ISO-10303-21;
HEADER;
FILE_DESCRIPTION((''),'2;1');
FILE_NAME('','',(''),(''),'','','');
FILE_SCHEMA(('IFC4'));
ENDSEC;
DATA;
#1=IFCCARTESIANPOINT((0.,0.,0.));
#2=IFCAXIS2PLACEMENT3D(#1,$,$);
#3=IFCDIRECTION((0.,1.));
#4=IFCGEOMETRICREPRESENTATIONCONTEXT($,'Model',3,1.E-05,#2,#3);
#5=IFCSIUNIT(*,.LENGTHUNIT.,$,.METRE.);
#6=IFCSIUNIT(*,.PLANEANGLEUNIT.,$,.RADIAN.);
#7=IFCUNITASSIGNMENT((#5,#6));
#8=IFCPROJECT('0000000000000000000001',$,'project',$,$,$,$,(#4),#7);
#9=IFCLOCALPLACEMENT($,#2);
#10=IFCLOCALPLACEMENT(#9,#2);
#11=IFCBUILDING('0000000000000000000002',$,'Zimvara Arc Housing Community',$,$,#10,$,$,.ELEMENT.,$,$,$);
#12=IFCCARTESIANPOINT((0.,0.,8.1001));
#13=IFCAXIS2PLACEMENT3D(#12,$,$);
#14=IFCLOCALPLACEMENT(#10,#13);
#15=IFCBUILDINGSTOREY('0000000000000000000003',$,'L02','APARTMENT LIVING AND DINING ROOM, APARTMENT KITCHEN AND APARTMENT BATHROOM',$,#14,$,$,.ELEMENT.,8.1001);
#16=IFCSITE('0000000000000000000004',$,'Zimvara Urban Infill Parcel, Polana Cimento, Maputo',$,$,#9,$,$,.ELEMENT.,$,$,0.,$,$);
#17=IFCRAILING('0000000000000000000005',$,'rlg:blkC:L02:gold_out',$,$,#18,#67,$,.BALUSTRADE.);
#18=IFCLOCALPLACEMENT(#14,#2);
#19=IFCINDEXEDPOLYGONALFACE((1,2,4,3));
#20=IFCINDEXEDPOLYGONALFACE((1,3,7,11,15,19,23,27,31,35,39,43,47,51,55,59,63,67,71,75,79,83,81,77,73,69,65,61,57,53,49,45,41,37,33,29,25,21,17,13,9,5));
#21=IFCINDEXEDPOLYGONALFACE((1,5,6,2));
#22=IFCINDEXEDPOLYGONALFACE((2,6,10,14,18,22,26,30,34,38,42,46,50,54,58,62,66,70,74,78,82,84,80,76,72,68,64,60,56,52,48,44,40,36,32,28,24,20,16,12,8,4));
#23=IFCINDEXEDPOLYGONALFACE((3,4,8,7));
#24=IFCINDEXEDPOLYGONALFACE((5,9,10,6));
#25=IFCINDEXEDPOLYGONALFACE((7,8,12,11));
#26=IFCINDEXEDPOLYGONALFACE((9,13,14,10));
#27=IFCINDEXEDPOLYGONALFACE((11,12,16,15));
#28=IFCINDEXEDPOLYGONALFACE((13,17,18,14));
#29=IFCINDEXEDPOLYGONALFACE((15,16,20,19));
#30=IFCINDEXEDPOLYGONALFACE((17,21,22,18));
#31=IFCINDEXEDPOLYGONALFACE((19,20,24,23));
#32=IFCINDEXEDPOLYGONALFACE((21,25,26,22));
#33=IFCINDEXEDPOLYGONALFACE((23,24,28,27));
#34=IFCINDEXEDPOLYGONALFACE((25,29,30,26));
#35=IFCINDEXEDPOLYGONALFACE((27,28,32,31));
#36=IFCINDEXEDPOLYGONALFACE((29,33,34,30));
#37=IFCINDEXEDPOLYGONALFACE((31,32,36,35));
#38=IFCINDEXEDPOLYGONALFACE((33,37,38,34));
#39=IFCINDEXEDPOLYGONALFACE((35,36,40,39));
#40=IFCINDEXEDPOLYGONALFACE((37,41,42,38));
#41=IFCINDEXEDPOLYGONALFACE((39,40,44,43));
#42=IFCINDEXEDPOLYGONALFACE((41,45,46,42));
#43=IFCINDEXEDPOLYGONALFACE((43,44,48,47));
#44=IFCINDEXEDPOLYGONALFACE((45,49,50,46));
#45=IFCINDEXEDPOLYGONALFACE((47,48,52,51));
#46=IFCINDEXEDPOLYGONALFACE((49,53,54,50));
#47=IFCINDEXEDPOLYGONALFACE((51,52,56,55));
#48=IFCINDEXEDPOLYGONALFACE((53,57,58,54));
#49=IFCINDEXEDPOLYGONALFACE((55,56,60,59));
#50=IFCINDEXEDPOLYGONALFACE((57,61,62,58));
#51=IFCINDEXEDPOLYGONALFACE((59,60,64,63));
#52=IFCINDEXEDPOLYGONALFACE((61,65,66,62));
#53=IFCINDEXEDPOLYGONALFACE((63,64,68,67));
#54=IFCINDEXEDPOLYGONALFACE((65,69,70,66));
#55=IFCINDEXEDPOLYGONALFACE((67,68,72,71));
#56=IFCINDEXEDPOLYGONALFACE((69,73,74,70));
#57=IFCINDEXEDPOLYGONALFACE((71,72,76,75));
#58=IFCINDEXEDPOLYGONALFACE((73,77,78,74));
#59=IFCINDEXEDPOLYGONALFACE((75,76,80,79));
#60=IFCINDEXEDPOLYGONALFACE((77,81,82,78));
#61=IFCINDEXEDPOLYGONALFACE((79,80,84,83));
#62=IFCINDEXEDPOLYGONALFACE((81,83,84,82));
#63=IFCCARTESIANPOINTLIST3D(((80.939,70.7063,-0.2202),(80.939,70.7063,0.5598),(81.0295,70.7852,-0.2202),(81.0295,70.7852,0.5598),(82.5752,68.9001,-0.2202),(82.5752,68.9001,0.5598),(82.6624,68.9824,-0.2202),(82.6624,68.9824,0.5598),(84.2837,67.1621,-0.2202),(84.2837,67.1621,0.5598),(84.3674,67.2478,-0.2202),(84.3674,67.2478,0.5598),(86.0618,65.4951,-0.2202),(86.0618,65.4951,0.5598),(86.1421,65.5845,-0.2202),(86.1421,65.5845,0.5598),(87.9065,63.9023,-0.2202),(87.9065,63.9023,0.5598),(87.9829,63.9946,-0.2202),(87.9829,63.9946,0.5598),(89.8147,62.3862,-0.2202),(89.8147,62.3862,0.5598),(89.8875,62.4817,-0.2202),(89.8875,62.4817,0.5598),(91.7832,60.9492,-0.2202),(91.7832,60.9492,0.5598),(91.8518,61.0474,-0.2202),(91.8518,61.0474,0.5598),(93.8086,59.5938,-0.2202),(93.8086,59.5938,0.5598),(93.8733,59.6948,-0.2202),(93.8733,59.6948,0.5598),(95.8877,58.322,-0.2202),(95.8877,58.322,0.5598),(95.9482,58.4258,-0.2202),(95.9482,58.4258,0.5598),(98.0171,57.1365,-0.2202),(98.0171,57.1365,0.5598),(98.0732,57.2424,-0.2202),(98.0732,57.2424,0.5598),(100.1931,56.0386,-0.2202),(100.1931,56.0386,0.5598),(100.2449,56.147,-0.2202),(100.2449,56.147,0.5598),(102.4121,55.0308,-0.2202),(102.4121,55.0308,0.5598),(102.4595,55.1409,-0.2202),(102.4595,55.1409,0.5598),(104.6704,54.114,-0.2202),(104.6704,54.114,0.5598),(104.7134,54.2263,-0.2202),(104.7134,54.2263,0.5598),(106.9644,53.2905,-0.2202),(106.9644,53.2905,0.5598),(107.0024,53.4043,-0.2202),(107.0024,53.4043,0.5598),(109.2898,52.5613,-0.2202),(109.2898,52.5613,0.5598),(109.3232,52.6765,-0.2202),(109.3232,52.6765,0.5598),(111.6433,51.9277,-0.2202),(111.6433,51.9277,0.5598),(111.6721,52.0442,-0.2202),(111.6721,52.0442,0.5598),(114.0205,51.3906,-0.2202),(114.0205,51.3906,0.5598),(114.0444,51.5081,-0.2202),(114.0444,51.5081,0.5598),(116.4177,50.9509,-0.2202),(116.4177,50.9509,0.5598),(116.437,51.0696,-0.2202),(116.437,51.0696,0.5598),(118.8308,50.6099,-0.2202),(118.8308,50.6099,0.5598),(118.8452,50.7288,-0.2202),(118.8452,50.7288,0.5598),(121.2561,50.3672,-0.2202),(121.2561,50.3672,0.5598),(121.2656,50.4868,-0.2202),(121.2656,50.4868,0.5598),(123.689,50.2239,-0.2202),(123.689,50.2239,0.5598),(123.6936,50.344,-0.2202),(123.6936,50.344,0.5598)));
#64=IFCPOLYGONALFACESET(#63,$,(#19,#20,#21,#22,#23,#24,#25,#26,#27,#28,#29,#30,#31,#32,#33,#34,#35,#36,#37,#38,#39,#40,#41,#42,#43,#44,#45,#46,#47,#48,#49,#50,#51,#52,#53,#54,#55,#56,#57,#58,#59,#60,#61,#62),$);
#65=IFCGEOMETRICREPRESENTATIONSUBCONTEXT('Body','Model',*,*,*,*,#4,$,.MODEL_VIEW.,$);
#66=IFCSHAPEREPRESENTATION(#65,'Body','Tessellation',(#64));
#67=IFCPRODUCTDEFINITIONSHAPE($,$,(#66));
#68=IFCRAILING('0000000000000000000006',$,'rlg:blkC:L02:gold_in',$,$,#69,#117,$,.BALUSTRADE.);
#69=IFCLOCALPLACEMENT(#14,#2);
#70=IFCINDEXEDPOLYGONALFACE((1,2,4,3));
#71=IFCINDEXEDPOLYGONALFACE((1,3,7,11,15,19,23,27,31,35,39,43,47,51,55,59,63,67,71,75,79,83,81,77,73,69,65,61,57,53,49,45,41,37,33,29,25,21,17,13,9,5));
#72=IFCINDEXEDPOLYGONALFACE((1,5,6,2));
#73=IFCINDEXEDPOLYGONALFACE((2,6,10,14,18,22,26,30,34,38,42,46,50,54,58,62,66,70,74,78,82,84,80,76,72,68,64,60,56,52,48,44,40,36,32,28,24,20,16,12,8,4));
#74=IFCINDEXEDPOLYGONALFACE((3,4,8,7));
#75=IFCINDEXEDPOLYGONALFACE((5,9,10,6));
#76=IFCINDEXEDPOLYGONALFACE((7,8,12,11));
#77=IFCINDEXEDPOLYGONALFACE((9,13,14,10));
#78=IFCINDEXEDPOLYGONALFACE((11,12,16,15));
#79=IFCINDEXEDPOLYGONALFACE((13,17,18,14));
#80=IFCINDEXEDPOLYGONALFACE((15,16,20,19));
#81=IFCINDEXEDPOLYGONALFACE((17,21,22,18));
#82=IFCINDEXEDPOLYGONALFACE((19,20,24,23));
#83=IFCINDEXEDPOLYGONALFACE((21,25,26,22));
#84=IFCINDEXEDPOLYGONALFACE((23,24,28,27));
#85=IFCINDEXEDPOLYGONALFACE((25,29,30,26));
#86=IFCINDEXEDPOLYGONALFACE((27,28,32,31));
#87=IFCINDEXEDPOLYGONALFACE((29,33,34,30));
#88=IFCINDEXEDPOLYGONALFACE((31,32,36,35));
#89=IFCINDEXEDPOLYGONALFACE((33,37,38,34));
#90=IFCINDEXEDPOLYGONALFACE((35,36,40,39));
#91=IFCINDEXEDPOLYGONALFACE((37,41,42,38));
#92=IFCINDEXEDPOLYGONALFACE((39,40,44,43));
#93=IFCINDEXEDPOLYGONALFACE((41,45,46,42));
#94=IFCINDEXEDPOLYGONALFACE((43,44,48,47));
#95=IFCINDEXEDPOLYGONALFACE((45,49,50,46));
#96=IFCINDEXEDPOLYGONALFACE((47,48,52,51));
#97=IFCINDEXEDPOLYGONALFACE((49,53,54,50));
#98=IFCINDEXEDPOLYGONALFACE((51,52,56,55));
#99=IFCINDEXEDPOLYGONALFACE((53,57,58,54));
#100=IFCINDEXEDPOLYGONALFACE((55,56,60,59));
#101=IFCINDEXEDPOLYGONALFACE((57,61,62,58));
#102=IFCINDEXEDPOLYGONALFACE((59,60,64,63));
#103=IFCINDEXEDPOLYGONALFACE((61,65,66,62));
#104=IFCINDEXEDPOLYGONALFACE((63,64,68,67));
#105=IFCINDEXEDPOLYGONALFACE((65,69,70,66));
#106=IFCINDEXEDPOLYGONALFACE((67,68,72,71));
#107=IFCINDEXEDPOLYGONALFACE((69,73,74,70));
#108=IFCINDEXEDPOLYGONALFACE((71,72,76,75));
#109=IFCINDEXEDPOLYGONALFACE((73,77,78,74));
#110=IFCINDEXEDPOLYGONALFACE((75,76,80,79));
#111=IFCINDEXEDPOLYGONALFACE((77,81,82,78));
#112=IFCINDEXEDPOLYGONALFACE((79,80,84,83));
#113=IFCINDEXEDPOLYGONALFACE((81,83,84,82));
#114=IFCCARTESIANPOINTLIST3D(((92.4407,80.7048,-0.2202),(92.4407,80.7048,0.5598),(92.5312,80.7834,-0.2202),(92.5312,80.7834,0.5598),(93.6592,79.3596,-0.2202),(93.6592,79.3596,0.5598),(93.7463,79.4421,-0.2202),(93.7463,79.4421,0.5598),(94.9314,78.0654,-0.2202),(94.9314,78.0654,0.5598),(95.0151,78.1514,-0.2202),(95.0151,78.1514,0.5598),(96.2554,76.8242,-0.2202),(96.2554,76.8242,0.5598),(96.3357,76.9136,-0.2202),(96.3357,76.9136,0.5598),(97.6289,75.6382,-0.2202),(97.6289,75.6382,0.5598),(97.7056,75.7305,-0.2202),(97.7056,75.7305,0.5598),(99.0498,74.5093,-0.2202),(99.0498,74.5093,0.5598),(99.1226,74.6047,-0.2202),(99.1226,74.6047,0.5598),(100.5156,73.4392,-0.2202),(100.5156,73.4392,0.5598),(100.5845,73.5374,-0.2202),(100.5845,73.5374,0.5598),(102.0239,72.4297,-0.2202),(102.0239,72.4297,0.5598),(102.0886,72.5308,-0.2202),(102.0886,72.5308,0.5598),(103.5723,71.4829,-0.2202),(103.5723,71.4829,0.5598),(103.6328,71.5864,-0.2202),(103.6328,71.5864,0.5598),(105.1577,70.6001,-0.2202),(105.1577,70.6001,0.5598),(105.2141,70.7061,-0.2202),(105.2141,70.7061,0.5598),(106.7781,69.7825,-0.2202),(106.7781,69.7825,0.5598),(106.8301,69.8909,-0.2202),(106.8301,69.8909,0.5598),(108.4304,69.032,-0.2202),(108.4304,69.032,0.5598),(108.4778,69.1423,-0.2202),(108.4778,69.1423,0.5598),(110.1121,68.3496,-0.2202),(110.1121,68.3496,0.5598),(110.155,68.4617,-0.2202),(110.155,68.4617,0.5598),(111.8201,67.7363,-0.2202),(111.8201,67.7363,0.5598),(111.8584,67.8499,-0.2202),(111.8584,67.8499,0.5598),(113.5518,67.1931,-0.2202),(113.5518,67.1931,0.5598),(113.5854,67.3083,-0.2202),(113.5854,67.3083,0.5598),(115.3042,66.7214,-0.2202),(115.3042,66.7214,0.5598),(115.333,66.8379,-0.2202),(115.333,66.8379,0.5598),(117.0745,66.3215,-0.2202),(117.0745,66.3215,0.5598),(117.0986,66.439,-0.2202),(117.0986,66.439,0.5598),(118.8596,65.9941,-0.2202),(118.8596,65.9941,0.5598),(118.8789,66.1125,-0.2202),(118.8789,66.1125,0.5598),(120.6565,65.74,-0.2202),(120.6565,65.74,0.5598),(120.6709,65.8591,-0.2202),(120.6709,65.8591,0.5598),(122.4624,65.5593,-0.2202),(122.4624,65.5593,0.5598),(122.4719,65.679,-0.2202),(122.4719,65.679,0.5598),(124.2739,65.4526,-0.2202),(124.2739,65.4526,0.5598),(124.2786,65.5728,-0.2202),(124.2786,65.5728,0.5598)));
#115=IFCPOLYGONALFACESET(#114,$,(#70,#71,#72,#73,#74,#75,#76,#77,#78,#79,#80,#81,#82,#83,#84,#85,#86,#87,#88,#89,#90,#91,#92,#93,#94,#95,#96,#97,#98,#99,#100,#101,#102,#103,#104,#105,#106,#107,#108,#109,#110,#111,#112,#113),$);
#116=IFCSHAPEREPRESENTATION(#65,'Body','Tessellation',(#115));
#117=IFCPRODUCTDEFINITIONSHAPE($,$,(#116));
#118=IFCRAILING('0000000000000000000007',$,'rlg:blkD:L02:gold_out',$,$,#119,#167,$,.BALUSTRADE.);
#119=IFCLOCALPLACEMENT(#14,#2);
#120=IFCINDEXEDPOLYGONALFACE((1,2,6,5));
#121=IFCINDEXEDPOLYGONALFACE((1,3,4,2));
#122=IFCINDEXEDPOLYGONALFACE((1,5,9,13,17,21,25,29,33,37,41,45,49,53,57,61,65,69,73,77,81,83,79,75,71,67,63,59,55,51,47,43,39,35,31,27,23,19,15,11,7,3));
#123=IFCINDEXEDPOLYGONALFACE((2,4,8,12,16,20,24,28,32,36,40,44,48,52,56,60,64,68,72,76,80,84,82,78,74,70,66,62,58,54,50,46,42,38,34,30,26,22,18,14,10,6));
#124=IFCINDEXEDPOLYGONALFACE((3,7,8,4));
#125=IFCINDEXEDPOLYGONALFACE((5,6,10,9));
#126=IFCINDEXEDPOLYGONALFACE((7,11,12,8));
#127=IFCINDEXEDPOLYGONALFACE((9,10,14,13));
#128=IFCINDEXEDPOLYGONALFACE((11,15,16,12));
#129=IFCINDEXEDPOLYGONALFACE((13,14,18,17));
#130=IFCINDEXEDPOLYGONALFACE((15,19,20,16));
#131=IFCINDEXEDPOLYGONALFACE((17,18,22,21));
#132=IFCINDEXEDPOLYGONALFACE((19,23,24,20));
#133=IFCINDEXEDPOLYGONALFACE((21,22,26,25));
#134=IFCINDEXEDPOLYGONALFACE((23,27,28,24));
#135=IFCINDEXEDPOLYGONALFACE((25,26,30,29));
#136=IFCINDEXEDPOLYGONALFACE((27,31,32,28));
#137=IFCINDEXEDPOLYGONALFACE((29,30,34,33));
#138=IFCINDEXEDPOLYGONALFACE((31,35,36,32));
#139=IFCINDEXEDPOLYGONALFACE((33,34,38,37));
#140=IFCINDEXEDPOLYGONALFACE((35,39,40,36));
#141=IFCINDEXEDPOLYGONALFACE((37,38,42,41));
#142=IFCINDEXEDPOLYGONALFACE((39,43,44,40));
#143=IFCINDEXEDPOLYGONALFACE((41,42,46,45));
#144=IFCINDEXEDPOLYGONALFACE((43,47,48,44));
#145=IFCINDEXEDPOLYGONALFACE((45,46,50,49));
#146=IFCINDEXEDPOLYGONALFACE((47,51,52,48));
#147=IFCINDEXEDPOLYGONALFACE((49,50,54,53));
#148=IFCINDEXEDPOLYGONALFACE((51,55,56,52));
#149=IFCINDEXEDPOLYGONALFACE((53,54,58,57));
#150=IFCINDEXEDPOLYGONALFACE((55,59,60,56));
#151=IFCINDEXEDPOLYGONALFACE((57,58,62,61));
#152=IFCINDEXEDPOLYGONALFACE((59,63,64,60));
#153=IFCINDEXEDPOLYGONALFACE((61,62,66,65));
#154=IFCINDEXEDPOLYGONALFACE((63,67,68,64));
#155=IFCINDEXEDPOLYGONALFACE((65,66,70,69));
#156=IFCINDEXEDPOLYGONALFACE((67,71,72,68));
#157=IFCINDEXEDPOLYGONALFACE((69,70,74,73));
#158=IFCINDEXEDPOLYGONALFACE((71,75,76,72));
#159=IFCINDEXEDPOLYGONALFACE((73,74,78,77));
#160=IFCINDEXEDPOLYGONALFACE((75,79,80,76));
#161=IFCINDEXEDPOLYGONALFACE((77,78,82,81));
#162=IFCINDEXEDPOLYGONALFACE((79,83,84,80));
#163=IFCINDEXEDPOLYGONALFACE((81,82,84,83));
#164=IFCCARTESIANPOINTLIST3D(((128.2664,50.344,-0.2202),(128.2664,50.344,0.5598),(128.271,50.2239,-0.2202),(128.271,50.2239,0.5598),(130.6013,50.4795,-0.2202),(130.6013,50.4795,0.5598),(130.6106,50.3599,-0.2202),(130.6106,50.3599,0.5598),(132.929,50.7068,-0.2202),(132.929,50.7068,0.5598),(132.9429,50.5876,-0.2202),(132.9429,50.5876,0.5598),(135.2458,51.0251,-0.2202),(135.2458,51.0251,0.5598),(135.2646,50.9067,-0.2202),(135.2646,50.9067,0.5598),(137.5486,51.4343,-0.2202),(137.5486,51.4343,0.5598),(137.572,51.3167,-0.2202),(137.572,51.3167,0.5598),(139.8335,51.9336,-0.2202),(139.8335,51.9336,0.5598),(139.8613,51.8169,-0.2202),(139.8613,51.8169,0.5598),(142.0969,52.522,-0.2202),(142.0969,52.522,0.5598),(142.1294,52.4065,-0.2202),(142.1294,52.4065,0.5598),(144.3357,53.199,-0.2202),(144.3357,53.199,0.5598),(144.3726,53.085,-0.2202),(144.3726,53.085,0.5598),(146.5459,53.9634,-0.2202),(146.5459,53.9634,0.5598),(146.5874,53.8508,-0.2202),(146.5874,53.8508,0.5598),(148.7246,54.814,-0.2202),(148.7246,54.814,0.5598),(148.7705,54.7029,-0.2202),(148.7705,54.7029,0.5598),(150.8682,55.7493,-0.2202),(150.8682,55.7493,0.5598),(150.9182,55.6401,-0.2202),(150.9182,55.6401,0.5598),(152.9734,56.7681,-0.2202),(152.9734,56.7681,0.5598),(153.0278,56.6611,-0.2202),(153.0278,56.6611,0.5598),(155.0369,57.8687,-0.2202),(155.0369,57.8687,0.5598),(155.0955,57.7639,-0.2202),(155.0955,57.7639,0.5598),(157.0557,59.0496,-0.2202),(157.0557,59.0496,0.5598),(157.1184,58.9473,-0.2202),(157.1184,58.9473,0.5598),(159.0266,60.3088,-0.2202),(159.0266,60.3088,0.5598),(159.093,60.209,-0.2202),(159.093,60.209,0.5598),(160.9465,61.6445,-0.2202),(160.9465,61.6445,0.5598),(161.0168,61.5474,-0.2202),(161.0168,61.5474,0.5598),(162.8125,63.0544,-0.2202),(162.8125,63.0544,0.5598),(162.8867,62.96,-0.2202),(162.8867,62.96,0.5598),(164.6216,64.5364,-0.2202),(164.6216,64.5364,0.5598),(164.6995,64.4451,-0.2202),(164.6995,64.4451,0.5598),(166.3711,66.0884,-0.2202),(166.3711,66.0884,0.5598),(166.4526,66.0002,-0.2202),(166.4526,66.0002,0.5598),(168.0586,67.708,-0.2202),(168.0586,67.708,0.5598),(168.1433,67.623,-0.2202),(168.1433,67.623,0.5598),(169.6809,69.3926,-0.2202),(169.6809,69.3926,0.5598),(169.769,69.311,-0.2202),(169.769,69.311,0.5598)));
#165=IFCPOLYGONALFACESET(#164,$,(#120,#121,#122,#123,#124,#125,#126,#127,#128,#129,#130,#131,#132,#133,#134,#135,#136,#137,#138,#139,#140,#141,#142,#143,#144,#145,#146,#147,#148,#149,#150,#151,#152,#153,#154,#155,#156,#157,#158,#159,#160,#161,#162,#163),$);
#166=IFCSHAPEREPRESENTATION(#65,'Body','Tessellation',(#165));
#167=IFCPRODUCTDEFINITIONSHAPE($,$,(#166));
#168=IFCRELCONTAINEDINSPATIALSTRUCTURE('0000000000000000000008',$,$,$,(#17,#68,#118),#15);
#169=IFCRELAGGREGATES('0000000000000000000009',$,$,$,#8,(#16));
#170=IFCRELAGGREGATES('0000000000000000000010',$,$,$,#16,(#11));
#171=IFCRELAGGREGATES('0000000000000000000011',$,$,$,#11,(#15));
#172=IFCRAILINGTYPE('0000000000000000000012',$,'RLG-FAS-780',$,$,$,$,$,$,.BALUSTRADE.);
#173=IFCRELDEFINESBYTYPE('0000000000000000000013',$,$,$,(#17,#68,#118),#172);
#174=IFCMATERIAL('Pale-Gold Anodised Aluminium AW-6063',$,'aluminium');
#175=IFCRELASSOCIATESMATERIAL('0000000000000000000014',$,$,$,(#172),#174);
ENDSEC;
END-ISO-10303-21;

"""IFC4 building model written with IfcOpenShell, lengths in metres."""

from ifc_helpers import new_model, si_unit, direction, frame, origin, place, context, subcontext, project, spatial, polyline, outline, extrude, material, type_object, element, save


model = new_model("IFC4")

# Units and contexts
model_context = context("Model", 3, precision=1e-05, world=origin(), true_north=direction((0.0, 1.0)))
body_context = subcontext(model_context, "Body", "Model", "MODEL_VIEW")
ifc_project = project(units=[si_unit("LENGTHUNIT", "METRE"), si_unit("PLANEANGLEUNIT", "RADIAN")], contexts=[model_context])

# Site, building, storey
site_placement = place(None, origin())
site = spatial("IfcSite", under=ifc_project, at=site_placement, Name="Zimvara Urban Infill Parcel, Polana Cimento, Maputo", CompositionType="ELEMENT", RefElevation=0.0)
building_placement = place(site_placement, origin())
building = spatial("IfcBuilding", under=site, at=building_placement, Name="Zimvara Arc Housing Community", CompositionType="ELEMENT")
storey_placement = place(building_placement, frame((0.0, 0.0, 8.1001)))
storey = spatial("IfcBuildingStorey", under=building, at=storey_placement, Name="L02", Description="APARTMENT LIVING AND DINING ROOM, APARTMENT KITCHEN AND APARTMENT BATHROOM", CompositionType="ELEMENT", Elevation=8.1001)

# Railings
ifc_material_1 = material(Name="Pale-Gold Anodised Aluminium AW-6063", Category="aluminium")
railing_type = type_object("IfcRailingType", Name="RLG-FAS-780", PredefinedType="BALUSTRADE", material=ifc_material_1)
railing_1_placement = place(storey_placement, frame((0.0, 0.0, -0.2202)))
element("IfcRailing", 1, at=railing_1_placement, inside=storey, type_object=railing_type, Name="rlg:blkC:L02:gold_out", PredefinedType="BALUSTRADE", context=body_context, shape_type="SweptSolid", body=[
    extrude(outline(polyline([(80.939, 70.7063), (82.5752, 68.9001), (84.2837, 67.1621), (86.0618, 65.4951), (87.9065, 63.9023), (89.8147, 62.3862), (91.7832, 60.9492), (93.8086, 59.5938), (95.8877, 58.322), (98.0171, 57.1365), (100.1931, 56.0386), (102.4121, 55.0308), (104.6704, 54.114), (106.9644, 53.2905), (109.2898, 52.5613), (111.6433, 51.9277), (114.0205, 51.3906), (116.4177, 50.9509), (118.8308, 50.6099), (121.2561, 50.3672), (123.689, 50.2239), (123.6936, 50.344), (121.2656, 50.4868), (118.8452, 50.7288), (116.437, 51.0696), (114.0444, 51.5081), (111.6721, 52.0442), (109.3232, 52.6765), (107.0024, 53.4043), (104.7134, 54.2263), (102.4595, 55.1409), (100.2449, 56.147), (98.0732, 57.2424), (95.9482, 58.4258), (93.8733, 59.6948), (91.8518, 61.0474), (89.8875, 62.4817), (87.9829, 63.9946), (86.1421, 65.5845), (84.3674, 67.2478), (82.6624, 68.9824), (81.0295, 70.7852), (80.939, 70.7063)])), origin(), (0.0, 0.0, 1.0), 0.78),
])
railing_2_placement = place(storey_placement, frame((0.0, 0.0, -0.2202)))
element("IfcRailing", 2, at=railing_2_placement, inside=storey, type_object=railing_type, Name="rlg:blkC:L02:gold_in", PredefinedType="BALUSTRADE", context=body_context, shape_type="SweptSolid", body=[
    extrude(outline(polyline([(92.4407, 80.7048), (93.6592, 79.3596), (94.9314, 78.0654), (96.2554, 76.8242), (97.6289, 75.6382), (99.0498, 74.5093), (100.5156, 73.4392), (102.0239, 72.4297), (103.5723, 71.4829), (105.1577, 70.6001), (106.7781, 69.7825), (108.4304, 69.032), (110.1121, 68.3496), (111.8201, 67.7363), (113.5518, 67.1931), (115.3042, 66.7214), (117.0745, 66.3215), (118.8596, 65.9941), (120.6565, 65.74), (122.4624, 65.5593), (124.2739, 65.4526), (124.2786, 65.5728), (122.4719, 65.679), (120.6709, 65.8591), (118.8789, 66.1125), (117.0986, 66.439), (115.333, 66.8379), (113.5854, 67.3083), (111.8584, 67.8499), (110.155, 68.4617), (108.4778, 69.1423), (106.8301, 69.8909), (105.2141, 70.7061), (103.6328, 71.5864), (102.0886, 72.5308), (100.5845, 73.5374), (99.1226, 74.6047), (97.7056, 75.7305), (96.3357, 76.9136), (95.0151, 78.1514), (93.7463, 79.4421), (92.5312, 80.7834), (92.4407, 80.7048)])), origin(), (0.0, 0.0, 1.0), 0.78),
])
railing_3_placement = place(storey_placement, frame((0.0, 0.0, -0.2202)))
element("IfcRailing", 3, at=railing_3_placement, inside=storey, type_object=railing_type, Name="rlg:blkD:L02:gold_out", PredefinedType="BALUSTRADE", context=body_context, shape_type="SweptSolid", body=[
    extrude(outline(polyline([(128.271, 50.2239), (130.6106, 50.3599), (132.9429, 50.5876), (135.2646, 50.9067), (137.572, 51.3167), (139.8613, 51.8169), (142.1294, 52.4065), (144.3726, 53.085), (146.5874, 53.8508), (148.7705, 54.7029), (150.9182, 55.6401), (153.0278, 56.6611), (155.0955, 57.7639), (157.1184, 58.9473), (159.093, 60.209), (161.0168, 61.5474), (162.8867, 62.96), (164.6995, 64.4451), (166.4526, 66.0002), (168.1433, 67.623), (169.769, 69.311), (169.6809, 69.3926), (168.0586, 67.708), (166.3711, 66.0884), (164.6216, 64.5364), (162.8125, 63.0544), (160.9465, 61.6445), (159.0266, 60.3088), (157.0557, 59.0496), (155.0369, 57.8687), (152.9734, 56.7681), (150.8682, 55.7493), (148.7246, 54.814), (146.5459, 53.9634), (144.3357, 53.199), (142.0969, 52.522), (139.8335, 51.9336), (137.5486, 51.4343), (135.2458, 51.0251), (132.929, 50.7068), (130.6013, 50.4795), (128.2664, 50.344), (128.271, 50.2239)])), origin(), (0.0, 0.0, 1.0), 0.78),
])

save(model, "model.ifc")
